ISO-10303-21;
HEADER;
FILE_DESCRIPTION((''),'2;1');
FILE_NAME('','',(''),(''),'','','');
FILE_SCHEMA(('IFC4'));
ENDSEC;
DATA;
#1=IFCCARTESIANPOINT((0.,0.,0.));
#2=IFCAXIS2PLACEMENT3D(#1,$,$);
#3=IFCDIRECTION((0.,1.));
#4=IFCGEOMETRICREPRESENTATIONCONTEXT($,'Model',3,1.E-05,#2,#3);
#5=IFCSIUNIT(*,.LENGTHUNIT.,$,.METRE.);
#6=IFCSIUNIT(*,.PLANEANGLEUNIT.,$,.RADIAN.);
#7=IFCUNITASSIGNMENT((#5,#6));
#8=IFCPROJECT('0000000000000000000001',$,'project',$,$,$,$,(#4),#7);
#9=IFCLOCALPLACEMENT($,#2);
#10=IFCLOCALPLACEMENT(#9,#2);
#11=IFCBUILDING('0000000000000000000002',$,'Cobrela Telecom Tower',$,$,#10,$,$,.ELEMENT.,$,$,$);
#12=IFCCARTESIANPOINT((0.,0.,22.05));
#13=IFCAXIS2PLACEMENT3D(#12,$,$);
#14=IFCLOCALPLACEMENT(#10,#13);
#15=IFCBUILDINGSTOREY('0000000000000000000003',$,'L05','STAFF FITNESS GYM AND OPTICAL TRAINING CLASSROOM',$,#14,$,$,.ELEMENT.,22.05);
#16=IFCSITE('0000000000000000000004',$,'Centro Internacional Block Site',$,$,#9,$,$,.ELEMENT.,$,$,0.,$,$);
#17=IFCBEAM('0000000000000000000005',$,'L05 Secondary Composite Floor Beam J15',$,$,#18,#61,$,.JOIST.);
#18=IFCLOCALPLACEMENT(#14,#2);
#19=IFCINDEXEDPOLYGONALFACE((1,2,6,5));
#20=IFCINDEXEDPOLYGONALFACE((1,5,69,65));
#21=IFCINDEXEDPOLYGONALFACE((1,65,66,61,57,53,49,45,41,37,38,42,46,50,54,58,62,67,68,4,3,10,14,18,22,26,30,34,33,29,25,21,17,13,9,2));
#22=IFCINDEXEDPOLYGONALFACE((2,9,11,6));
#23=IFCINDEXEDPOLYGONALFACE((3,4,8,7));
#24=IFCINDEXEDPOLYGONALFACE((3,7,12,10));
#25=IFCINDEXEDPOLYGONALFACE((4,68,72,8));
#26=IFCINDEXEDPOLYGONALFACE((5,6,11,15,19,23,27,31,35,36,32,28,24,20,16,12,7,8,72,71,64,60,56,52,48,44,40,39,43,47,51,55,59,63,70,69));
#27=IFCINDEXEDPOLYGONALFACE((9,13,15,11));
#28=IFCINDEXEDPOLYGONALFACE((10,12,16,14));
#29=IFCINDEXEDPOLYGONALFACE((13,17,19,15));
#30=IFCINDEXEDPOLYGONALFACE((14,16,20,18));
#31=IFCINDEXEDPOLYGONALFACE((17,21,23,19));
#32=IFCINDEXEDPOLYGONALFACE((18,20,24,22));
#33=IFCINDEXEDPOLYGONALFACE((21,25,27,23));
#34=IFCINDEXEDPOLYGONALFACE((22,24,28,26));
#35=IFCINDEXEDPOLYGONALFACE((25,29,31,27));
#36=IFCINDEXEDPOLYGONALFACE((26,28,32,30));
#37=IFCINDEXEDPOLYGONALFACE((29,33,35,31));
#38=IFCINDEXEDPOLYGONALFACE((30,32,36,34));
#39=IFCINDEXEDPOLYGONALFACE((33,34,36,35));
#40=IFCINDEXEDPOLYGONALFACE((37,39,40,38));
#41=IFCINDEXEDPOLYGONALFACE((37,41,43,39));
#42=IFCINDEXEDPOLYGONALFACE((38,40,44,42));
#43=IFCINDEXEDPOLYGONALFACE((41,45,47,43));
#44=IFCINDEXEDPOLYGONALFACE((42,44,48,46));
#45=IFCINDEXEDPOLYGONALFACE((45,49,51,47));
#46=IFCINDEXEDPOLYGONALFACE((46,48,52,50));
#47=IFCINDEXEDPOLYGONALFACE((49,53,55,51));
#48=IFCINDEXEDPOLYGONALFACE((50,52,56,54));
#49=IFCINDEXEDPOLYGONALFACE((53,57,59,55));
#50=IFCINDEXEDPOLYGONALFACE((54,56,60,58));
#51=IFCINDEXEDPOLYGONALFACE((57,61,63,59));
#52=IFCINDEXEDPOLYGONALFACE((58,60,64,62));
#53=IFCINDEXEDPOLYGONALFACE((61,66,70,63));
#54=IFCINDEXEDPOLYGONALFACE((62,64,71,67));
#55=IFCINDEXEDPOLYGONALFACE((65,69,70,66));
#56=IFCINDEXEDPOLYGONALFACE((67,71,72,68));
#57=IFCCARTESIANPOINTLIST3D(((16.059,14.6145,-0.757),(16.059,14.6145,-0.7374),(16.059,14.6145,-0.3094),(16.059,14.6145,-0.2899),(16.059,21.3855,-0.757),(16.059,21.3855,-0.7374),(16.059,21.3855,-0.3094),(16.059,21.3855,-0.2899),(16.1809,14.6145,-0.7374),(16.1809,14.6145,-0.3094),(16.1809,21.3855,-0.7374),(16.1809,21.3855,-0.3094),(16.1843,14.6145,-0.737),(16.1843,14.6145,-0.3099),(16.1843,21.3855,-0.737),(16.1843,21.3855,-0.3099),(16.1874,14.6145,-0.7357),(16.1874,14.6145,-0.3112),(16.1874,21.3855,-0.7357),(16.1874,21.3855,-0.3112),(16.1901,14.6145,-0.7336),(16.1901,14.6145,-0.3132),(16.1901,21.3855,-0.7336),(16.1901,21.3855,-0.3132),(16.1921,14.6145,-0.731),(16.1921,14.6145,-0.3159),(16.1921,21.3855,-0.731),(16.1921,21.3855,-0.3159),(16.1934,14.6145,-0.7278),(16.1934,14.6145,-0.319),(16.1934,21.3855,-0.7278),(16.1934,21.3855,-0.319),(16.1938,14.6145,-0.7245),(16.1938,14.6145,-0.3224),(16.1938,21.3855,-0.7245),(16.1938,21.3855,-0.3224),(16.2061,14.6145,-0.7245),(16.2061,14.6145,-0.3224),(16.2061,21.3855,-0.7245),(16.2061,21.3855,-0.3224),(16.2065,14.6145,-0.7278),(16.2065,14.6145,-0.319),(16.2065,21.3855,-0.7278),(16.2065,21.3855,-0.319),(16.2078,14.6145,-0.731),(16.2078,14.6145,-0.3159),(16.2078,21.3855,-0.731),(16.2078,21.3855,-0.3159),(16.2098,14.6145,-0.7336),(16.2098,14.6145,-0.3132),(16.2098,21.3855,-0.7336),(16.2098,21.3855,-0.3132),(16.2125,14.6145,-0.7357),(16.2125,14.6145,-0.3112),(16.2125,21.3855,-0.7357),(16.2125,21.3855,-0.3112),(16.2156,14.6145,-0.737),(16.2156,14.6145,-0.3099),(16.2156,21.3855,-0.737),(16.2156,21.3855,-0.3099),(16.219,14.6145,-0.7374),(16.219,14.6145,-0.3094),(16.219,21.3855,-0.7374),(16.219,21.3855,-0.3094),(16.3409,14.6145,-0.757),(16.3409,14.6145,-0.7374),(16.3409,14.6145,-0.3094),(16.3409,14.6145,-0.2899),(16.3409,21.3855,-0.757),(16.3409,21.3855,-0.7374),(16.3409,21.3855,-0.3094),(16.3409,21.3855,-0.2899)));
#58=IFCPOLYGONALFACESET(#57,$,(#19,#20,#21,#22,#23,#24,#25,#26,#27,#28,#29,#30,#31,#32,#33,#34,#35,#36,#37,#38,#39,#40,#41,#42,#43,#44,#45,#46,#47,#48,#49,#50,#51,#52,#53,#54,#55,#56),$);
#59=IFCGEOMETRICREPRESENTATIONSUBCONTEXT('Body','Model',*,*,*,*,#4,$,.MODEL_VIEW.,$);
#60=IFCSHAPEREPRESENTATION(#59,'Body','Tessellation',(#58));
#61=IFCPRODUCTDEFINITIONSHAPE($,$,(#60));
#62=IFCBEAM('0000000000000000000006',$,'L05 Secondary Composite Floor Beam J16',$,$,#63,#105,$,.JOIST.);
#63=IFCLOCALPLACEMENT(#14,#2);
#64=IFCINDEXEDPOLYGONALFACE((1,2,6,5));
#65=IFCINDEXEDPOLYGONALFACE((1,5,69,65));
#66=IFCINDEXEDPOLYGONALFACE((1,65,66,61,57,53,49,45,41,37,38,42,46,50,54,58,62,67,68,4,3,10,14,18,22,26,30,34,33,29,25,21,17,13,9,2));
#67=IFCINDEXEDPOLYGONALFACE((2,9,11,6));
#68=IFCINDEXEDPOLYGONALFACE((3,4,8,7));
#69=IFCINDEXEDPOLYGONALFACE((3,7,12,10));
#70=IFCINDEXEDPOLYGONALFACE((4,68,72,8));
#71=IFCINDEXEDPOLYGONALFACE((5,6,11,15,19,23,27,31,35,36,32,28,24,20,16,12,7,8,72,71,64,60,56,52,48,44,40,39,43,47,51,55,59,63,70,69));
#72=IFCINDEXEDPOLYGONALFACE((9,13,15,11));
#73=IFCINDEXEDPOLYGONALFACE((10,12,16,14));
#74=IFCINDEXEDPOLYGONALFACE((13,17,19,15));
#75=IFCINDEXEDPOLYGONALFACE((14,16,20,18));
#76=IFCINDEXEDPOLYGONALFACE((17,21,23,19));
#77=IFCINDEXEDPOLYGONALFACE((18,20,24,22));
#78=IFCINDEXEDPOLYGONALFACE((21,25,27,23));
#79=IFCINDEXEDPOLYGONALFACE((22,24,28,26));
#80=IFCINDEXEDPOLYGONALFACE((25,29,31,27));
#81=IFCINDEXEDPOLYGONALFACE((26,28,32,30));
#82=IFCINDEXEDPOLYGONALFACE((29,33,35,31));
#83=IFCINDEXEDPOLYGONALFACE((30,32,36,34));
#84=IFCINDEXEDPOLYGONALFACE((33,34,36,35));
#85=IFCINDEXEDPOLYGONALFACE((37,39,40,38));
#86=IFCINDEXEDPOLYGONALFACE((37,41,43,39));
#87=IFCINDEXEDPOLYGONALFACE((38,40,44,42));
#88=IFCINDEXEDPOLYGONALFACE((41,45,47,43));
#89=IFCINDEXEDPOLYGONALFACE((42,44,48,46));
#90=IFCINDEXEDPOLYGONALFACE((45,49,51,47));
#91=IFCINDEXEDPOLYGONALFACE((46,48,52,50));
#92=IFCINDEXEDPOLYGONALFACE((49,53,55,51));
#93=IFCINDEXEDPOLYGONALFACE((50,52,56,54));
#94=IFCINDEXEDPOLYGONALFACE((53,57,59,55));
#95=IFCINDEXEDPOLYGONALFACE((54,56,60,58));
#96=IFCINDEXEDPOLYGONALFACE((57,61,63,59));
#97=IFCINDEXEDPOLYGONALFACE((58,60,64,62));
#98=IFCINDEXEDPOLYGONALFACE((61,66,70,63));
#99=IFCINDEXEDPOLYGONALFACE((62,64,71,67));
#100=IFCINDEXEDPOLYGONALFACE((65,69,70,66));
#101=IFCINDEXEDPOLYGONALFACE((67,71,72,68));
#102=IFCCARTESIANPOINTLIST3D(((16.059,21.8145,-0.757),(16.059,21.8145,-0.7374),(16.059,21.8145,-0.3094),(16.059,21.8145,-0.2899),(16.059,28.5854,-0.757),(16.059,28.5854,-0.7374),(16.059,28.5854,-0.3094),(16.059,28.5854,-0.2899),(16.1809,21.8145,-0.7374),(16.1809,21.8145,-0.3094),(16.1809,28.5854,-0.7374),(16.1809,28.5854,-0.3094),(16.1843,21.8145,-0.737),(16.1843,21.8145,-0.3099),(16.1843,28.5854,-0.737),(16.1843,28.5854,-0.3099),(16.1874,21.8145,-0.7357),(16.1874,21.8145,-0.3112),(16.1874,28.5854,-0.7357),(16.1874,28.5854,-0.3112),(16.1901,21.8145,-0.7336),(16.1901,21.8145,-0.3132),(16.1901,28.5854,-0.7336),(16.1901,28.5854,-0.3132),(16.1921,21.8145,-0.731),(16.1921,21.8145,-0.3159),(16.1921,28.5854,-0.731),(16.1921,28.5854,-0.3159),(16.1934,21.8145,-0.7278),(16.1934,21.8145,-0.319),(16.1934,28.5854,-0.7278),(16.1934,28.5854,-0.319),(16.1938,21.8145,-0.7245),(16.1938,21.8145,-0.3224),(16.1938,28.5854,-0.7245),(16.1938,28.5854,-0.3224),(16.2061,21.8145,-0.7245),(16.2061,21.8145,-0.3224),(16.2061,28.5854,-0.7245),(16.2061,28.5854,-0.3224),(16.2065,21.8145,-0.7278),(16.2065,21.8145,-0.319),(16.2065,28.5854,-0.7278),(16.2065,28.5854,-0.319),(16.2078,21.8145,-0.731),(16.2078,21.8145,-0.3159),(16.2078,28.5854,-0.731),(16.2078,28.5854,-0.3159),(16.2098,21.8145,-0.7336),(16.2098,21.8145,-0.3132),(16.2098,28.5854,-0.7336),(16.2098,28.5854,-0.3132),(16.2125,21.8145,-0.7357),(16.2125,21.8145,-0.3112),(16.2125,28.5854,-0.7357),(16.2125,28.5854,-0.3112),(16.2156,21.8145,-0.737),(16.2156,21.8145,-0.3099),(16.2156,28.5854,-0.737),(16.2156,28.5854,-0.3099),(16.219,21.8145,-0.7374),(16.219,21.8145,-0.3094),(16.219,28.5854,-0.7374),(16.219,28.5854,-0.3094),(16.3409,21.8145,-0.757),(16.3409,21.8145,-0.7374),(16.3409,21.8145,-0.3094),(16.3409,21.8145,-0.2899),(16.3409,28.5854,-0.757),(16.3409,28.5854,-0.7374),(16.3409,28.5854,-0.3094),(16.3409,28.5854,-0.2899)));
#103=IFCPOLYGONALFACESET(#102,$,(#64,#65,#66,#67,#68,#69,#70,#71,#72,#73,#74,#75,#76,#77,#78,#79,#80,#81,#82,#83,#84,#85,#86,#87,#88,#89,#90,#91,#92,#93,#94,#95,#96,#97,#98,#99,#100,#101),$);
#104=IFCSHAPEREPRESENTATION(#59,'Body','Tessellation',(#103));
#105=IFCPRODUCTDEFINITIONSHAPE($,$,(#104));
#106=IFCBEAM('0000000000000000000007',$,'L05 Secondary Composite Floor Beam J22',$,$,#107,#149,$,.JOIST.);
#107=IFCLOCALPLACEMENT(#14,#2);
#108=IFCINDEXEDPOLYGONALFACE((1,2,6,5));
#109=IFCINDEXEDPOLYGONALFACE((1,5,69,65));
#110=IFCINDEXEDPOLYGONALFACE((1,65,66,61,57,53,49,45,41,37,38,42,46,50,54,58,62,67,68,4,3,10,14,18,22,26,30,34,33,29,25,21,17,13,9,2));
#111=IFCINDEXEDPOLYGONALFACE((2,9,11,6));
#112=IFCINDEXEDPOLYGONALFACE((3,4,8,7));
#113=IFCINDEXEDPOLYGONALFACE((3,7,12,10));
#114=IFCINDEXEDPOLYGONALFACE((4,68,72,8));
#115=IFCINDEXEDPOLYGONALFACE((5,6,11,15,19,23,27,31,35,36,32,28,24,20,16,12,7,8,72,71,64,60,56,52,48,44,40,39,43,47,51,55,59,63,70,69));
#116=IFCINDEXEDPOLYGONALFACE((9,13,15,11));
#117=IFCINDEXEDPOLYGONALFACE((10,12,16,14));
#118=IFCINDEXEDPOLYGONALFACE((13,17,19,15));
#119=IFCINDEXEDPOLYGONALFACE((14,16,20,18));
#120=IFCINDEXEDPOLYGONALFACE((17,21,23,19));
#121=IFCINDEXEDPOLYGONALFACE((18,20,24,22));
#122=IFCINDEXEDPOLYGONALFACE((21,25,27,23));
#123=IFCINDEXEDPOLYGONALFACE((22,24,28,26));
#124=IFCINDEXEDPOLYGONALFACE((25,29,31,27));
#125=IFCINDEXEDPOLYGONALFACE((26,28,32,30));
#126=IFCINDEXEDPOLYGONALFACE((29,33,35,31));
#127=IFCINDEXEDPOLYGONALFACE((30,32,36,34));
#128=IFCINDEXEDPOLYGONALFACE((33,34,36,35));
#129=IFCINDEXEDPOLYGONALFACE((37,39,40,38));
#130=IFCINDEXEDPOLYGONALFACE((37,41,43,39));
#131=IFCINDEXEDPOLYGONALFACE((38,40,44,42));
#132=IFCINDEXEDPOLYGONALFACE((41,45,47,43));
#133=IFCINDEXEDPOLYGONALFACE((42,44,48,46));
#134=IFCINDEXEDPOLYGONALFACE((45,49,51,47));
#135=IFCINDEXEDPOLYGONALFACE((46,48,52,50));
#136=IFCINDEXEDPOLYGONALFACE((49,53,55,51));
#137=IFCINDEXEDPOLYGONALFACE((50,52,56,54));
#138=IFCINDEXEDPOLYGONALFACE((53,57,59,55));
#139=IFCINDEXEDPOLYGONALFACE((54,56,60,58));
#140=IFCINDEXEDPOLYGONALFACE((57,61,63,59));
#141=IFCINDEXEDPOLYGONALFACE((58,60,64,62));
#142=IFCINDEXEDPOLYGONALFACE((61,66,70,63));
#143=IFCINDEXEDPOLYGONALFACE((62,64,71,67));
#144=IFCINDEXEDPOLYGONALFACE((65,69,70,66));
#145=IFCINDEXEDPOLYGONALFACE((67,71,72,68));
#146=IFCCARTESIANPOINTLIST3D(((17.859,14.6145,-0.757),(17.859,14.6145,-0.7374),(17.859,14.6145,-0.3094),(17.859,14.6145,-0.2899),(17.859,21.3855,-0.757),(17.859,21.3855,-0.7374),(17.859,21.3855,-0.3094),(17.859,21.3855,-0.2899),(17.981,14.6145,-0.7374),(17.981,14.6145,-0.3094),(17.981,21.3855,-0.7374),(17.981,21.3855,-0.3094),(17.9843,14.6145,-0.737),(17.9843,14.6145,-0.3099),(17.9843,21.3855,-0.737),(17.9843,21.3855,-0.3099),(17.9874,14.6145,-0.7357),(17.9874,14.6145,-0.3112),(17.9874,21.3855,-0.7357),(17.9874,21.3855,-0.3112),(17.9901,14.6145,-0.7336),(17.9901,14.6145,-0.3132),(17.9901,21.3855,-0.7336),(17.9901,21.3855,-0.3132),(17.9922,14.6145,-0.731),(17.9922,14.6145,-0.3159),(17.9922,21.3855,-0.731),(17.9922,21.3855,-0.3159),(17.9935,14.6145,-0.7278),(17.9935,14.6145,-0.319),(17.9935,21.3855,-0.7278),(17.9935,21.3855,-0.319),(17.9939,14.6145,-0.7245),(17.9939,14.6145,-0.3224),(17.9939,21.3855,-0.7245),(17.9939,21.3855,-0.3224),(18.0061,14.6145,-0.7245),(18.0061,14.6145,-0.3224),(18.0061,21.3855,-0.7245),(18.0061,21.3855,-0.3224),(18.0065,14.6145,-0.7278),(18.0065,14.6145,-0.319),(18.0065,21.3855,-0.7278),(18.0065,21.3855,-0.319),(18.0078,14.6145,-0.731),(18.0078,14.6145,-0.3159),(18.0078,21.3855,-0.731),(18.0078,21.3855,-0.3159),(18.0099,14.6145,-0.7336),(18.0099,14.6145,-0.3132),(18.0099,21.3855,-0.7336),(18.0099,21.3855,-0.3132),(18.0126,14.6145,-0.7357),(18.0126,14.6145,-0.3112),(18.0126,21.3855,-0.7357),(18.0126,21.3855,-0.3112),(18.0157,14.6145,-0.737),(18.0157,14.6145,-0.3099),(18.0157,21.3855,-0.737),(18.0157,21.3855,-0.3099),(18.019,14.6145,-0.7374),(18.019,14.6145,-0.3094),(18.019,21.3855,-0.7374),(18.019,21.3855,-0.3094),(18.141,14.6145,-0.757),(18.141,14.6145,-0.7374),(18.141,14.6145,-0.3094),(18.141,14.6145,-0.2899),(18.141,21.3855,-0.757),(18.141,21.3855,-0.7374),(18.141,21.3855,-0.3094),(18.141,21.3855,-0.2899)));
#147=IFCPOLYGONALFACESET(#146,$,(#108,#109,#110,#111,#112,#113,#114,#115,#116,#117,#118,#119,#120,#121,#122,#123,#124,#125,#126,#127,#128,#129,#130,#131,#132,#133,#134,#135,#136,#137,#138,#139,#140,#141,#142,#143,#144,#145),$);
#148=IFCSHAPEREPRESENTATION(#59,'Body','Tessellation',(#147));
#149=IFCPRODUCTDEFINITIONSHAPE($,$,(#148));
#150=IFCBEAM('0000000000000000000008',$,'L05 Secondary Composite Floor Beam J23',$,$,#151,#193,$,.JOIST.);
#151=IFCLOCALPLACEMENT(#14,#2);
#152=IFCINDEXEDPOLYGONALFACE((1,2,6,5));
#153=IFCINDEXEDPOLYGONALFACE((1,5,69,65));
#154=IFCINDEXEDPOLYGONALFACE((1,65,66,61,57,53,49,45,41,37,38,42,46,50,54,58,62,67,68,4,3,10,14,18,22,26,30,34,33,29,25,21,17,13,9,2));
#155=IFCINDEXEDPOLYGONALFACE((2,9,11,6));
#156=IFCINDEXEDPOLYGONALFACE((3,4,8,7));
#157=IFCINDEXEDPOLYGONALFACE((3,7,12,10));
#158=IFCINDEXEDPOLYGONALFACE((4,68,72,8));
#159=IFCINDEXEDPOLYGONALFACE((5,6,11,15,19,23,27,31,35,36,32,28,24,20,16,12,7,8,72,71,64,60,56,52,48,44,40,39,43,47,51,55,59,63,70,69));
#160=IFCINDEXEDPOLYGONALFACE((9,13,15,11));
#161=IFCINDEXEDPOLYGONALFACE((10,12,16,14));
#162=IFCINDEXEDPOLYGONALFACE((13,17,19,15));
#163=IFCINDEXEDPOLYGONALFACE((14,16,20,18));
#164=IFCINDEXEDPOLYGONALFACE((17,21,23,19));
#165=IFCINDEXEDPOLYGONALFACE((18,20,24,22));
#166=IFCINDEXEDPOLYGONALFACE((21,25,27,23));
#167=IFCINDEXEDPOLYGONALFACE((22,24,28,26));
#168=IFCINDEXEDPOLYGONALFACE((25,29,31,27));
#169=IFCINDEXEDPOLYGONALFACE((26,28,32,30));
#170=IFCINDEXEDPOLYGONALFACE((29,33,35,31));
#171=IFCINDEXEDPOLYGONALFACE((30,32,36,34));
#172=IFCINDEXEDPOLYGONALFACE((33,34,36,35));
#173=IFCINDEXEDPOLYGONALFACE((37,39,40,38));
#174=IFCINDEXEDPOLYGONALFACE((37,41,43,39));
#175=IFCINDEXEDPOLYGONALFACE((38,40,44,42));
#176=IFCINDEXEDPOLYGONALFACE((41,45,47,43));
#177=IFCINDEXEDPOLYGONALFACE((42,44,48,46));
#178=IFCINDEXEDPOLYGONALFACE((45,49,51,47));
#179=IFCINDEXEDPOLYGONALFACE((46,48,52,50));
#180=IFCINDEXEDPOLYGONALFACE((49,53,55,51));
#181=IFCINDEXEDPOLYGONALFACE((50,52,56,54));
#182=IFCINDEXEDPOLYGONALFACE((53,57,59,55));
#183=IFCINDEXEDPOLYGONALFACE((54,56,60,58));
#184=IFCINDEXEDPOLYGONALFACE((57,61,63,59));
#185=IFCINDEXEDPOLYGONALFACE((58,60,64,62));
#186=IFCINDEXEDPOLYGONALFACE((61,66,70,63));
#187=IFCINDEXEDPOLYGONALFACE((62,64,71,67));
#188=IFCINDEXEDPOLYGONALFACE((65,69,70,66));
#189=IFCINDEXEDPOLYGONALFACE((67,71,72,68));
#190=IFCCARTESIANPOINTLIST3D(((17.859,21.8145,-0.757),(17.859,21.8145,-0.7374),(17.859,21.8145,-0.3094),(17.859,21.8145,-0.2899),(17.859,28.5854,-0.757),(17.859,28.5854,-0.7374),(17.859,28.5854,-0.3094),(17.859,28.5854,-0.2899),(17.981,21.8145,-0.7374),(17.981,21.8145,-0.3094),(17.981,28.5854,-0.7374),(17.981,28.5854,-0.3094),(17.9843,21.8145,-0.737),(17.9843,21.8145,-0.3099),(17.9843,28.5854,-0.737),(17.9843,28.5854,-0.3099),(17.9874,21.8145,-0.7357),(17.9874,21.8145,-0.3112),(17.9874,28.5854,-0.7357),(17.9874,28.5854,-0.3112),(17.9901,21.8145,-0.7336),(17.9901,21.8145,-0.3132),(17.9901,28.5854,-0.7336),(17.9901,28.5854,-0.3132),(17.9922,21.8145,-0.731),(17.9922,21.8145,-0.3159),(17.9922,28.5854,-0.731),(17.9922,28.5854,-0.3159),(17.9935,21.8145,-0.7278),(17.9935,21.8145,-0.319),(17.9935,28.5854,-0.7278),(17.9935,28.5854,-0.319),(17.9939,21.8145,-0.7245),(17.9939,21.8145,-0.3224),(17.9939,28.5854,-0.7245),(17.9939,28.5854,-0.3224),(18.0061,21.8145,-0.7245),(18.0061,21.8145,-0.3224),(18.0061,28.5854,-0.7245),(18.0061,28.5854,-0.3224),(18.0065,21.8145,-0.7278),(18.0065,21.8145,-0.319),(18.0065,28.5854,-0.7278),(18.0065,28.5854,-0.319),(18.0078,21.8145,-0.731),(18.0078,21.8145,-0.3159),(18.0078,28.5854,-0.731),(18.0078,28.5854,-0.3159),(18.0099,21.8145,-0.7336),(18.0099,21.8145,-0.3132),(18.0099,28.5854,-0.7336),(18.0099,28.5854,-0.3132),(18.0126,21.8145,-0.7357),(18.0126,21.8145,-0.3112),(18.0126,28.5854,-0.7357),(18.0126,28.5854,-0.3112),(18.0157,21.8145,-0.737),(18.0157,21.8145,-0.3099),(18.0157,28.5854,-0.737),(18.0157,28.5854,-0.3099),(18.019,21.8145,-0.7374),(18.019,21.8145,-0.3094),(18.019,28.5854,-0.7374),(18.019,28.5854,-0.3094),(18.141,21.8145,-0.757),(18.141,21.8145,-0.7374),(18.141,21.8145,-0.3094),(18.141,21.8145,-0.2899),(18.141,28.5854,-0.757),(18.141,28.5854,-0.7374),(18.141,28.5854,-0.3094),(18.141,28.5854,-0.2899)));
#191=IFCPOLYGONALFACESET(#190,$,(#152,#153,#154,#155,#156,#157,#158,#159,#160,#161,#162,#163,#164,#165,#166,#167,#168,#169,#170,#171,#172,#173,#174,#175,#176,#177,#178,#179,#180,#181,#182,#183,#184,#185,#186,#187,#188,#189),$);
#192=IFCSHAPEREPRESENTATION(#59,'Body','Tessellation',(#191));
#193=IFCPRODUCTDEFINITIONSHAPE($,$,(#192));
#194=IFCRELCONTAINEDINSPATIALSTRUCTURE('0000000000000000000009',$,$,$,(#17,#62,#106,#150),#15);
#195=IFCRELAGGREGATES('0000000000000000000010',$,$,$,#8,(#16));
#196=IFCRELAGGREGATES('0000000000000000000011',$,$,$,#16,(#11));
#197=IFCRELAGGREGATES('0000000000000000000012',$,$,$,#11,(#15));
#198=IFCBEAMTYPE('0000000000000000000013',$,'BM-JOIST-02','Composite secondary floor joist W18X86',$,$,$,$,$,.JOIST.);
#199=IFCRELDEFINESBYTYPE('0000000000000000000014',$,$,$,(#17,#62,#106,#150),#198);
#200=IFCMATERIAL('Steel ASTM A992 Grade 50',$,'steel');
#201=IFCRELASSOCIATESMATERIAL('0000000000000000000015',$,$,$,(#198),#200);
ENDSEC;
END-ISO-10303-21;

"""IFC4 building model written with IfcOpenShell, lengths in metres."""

from ifc_helpers import new_model, si_unit, direction, frame, origin, origin_2d, place, context, subcontext, project, spatial, i_section, extrude, material, material_profile, profile_set, type_object, element, save


model = new_model("IFC4")

# Units and contexts
model_context = context("Model", 3, precision=1e-05, world=origin(), true_north=direction((0.0, 1.0)))
body_context = subcontext(model_context, "Body", "Model", "MODEL_VIEW")
ifc_project = project(units=[si_unit("LENGTHUNIT", "METRE"), si_unit("PLANEANGLEUNIT", "RADIAN")], contexts=[model_context])

# Site, building, storey
site_placement = place(None, origin())
site = spatial("IfcSite", under=ifc_project, at=site_placement, Name="Centro Internacional Block Site", CompositionType="ELEMENT", RefElevation=0.0)
building_placement = place(site_placement, origin())
building = spatial("IfcBuilding", under=site, at=building_placement, Name="Cobrela Telecom Tower", CompositionType="ELEMENT")
storey_placement = place(building_placement, frame((0.0, 0.0, 22.05)))
storey = spatial("IfcBuildingStorey", under=building, at=storey_placement, Name="L05", Description="STAFF FITNESS GYM AND OPTICAL TRAINING CLASSROOM", CompositionType="ELEMENT", Elevation=22.05)

# Beams
ifc_material_1 = material(Name="Steel ASTM A992 Grade 50", Category="steel")
ifc_material_profile_1 = material_profile(ifc_material_1, i_section(OverallWidth=0.282, OverallDepth=0.467, WebThickness=0.0122, FlangeThickness=0.0195, FilletRadius=0.0129, at=origin_2d()), Name="W18X86")
ifc_profile_set_1 = profile_set([ifc_material_profile_1], Name="Steel ASTM A992 Grade 50")
beam_type_1 = type_object("IfcBeamType", Name="BM-JOIST-02", Description="Composite secondary floor joist W18X86", PredefinedType="JOIST", material=ifc_profile_set_1)
for number, where, z_axis, x_axis, name in (
    (1, (16.2, 14.6145, -0.5234), (0.0, 1.0, 0.0), (-1.0, 0.0, 0.0), "L05 Secondary Composite Floor Beam J15"),
    (2, (16.2, 21.8145, -0.5234), (0.0, 1.0, 0.0), (-1.0, 0.0, 0.0), "L05 Secondary Composite Floor Beam J16"),
    (3, (18.0, 14.6145, -0.5234), (0.0, 1.0, 0.0), (-1.0, 0.0, 0.0), "L05 Secondary Composite Floor Beam J22"),
    (4, (18.0, 21.8145, -0.5234), (0.0, 1.0, 0.0), (-1.0, 0.0, 0.0), "L05 Secondary Composite Floor Beam J23"),
):
    element("IfcBeam", number, at=place(storey_placement, frame(where, z_axis=z_axis, x_axis=x_axis)), inside=storey, type_object=beam_type_1, Name=name, PredefinedType="JOIST", context=body_context, shape_type="SweptSolid", body=[
        extrude(i_section(OverallWidth=0.282, OverallDepth=0.467, WebThickness=0.0122, FlangeThickness=0.0195, FilletRadius=0.0129, at=origin_2d()), origin(), (0.0, 0.0, 1.0), 6.771),
    ])

save(model, "model.ifc")
